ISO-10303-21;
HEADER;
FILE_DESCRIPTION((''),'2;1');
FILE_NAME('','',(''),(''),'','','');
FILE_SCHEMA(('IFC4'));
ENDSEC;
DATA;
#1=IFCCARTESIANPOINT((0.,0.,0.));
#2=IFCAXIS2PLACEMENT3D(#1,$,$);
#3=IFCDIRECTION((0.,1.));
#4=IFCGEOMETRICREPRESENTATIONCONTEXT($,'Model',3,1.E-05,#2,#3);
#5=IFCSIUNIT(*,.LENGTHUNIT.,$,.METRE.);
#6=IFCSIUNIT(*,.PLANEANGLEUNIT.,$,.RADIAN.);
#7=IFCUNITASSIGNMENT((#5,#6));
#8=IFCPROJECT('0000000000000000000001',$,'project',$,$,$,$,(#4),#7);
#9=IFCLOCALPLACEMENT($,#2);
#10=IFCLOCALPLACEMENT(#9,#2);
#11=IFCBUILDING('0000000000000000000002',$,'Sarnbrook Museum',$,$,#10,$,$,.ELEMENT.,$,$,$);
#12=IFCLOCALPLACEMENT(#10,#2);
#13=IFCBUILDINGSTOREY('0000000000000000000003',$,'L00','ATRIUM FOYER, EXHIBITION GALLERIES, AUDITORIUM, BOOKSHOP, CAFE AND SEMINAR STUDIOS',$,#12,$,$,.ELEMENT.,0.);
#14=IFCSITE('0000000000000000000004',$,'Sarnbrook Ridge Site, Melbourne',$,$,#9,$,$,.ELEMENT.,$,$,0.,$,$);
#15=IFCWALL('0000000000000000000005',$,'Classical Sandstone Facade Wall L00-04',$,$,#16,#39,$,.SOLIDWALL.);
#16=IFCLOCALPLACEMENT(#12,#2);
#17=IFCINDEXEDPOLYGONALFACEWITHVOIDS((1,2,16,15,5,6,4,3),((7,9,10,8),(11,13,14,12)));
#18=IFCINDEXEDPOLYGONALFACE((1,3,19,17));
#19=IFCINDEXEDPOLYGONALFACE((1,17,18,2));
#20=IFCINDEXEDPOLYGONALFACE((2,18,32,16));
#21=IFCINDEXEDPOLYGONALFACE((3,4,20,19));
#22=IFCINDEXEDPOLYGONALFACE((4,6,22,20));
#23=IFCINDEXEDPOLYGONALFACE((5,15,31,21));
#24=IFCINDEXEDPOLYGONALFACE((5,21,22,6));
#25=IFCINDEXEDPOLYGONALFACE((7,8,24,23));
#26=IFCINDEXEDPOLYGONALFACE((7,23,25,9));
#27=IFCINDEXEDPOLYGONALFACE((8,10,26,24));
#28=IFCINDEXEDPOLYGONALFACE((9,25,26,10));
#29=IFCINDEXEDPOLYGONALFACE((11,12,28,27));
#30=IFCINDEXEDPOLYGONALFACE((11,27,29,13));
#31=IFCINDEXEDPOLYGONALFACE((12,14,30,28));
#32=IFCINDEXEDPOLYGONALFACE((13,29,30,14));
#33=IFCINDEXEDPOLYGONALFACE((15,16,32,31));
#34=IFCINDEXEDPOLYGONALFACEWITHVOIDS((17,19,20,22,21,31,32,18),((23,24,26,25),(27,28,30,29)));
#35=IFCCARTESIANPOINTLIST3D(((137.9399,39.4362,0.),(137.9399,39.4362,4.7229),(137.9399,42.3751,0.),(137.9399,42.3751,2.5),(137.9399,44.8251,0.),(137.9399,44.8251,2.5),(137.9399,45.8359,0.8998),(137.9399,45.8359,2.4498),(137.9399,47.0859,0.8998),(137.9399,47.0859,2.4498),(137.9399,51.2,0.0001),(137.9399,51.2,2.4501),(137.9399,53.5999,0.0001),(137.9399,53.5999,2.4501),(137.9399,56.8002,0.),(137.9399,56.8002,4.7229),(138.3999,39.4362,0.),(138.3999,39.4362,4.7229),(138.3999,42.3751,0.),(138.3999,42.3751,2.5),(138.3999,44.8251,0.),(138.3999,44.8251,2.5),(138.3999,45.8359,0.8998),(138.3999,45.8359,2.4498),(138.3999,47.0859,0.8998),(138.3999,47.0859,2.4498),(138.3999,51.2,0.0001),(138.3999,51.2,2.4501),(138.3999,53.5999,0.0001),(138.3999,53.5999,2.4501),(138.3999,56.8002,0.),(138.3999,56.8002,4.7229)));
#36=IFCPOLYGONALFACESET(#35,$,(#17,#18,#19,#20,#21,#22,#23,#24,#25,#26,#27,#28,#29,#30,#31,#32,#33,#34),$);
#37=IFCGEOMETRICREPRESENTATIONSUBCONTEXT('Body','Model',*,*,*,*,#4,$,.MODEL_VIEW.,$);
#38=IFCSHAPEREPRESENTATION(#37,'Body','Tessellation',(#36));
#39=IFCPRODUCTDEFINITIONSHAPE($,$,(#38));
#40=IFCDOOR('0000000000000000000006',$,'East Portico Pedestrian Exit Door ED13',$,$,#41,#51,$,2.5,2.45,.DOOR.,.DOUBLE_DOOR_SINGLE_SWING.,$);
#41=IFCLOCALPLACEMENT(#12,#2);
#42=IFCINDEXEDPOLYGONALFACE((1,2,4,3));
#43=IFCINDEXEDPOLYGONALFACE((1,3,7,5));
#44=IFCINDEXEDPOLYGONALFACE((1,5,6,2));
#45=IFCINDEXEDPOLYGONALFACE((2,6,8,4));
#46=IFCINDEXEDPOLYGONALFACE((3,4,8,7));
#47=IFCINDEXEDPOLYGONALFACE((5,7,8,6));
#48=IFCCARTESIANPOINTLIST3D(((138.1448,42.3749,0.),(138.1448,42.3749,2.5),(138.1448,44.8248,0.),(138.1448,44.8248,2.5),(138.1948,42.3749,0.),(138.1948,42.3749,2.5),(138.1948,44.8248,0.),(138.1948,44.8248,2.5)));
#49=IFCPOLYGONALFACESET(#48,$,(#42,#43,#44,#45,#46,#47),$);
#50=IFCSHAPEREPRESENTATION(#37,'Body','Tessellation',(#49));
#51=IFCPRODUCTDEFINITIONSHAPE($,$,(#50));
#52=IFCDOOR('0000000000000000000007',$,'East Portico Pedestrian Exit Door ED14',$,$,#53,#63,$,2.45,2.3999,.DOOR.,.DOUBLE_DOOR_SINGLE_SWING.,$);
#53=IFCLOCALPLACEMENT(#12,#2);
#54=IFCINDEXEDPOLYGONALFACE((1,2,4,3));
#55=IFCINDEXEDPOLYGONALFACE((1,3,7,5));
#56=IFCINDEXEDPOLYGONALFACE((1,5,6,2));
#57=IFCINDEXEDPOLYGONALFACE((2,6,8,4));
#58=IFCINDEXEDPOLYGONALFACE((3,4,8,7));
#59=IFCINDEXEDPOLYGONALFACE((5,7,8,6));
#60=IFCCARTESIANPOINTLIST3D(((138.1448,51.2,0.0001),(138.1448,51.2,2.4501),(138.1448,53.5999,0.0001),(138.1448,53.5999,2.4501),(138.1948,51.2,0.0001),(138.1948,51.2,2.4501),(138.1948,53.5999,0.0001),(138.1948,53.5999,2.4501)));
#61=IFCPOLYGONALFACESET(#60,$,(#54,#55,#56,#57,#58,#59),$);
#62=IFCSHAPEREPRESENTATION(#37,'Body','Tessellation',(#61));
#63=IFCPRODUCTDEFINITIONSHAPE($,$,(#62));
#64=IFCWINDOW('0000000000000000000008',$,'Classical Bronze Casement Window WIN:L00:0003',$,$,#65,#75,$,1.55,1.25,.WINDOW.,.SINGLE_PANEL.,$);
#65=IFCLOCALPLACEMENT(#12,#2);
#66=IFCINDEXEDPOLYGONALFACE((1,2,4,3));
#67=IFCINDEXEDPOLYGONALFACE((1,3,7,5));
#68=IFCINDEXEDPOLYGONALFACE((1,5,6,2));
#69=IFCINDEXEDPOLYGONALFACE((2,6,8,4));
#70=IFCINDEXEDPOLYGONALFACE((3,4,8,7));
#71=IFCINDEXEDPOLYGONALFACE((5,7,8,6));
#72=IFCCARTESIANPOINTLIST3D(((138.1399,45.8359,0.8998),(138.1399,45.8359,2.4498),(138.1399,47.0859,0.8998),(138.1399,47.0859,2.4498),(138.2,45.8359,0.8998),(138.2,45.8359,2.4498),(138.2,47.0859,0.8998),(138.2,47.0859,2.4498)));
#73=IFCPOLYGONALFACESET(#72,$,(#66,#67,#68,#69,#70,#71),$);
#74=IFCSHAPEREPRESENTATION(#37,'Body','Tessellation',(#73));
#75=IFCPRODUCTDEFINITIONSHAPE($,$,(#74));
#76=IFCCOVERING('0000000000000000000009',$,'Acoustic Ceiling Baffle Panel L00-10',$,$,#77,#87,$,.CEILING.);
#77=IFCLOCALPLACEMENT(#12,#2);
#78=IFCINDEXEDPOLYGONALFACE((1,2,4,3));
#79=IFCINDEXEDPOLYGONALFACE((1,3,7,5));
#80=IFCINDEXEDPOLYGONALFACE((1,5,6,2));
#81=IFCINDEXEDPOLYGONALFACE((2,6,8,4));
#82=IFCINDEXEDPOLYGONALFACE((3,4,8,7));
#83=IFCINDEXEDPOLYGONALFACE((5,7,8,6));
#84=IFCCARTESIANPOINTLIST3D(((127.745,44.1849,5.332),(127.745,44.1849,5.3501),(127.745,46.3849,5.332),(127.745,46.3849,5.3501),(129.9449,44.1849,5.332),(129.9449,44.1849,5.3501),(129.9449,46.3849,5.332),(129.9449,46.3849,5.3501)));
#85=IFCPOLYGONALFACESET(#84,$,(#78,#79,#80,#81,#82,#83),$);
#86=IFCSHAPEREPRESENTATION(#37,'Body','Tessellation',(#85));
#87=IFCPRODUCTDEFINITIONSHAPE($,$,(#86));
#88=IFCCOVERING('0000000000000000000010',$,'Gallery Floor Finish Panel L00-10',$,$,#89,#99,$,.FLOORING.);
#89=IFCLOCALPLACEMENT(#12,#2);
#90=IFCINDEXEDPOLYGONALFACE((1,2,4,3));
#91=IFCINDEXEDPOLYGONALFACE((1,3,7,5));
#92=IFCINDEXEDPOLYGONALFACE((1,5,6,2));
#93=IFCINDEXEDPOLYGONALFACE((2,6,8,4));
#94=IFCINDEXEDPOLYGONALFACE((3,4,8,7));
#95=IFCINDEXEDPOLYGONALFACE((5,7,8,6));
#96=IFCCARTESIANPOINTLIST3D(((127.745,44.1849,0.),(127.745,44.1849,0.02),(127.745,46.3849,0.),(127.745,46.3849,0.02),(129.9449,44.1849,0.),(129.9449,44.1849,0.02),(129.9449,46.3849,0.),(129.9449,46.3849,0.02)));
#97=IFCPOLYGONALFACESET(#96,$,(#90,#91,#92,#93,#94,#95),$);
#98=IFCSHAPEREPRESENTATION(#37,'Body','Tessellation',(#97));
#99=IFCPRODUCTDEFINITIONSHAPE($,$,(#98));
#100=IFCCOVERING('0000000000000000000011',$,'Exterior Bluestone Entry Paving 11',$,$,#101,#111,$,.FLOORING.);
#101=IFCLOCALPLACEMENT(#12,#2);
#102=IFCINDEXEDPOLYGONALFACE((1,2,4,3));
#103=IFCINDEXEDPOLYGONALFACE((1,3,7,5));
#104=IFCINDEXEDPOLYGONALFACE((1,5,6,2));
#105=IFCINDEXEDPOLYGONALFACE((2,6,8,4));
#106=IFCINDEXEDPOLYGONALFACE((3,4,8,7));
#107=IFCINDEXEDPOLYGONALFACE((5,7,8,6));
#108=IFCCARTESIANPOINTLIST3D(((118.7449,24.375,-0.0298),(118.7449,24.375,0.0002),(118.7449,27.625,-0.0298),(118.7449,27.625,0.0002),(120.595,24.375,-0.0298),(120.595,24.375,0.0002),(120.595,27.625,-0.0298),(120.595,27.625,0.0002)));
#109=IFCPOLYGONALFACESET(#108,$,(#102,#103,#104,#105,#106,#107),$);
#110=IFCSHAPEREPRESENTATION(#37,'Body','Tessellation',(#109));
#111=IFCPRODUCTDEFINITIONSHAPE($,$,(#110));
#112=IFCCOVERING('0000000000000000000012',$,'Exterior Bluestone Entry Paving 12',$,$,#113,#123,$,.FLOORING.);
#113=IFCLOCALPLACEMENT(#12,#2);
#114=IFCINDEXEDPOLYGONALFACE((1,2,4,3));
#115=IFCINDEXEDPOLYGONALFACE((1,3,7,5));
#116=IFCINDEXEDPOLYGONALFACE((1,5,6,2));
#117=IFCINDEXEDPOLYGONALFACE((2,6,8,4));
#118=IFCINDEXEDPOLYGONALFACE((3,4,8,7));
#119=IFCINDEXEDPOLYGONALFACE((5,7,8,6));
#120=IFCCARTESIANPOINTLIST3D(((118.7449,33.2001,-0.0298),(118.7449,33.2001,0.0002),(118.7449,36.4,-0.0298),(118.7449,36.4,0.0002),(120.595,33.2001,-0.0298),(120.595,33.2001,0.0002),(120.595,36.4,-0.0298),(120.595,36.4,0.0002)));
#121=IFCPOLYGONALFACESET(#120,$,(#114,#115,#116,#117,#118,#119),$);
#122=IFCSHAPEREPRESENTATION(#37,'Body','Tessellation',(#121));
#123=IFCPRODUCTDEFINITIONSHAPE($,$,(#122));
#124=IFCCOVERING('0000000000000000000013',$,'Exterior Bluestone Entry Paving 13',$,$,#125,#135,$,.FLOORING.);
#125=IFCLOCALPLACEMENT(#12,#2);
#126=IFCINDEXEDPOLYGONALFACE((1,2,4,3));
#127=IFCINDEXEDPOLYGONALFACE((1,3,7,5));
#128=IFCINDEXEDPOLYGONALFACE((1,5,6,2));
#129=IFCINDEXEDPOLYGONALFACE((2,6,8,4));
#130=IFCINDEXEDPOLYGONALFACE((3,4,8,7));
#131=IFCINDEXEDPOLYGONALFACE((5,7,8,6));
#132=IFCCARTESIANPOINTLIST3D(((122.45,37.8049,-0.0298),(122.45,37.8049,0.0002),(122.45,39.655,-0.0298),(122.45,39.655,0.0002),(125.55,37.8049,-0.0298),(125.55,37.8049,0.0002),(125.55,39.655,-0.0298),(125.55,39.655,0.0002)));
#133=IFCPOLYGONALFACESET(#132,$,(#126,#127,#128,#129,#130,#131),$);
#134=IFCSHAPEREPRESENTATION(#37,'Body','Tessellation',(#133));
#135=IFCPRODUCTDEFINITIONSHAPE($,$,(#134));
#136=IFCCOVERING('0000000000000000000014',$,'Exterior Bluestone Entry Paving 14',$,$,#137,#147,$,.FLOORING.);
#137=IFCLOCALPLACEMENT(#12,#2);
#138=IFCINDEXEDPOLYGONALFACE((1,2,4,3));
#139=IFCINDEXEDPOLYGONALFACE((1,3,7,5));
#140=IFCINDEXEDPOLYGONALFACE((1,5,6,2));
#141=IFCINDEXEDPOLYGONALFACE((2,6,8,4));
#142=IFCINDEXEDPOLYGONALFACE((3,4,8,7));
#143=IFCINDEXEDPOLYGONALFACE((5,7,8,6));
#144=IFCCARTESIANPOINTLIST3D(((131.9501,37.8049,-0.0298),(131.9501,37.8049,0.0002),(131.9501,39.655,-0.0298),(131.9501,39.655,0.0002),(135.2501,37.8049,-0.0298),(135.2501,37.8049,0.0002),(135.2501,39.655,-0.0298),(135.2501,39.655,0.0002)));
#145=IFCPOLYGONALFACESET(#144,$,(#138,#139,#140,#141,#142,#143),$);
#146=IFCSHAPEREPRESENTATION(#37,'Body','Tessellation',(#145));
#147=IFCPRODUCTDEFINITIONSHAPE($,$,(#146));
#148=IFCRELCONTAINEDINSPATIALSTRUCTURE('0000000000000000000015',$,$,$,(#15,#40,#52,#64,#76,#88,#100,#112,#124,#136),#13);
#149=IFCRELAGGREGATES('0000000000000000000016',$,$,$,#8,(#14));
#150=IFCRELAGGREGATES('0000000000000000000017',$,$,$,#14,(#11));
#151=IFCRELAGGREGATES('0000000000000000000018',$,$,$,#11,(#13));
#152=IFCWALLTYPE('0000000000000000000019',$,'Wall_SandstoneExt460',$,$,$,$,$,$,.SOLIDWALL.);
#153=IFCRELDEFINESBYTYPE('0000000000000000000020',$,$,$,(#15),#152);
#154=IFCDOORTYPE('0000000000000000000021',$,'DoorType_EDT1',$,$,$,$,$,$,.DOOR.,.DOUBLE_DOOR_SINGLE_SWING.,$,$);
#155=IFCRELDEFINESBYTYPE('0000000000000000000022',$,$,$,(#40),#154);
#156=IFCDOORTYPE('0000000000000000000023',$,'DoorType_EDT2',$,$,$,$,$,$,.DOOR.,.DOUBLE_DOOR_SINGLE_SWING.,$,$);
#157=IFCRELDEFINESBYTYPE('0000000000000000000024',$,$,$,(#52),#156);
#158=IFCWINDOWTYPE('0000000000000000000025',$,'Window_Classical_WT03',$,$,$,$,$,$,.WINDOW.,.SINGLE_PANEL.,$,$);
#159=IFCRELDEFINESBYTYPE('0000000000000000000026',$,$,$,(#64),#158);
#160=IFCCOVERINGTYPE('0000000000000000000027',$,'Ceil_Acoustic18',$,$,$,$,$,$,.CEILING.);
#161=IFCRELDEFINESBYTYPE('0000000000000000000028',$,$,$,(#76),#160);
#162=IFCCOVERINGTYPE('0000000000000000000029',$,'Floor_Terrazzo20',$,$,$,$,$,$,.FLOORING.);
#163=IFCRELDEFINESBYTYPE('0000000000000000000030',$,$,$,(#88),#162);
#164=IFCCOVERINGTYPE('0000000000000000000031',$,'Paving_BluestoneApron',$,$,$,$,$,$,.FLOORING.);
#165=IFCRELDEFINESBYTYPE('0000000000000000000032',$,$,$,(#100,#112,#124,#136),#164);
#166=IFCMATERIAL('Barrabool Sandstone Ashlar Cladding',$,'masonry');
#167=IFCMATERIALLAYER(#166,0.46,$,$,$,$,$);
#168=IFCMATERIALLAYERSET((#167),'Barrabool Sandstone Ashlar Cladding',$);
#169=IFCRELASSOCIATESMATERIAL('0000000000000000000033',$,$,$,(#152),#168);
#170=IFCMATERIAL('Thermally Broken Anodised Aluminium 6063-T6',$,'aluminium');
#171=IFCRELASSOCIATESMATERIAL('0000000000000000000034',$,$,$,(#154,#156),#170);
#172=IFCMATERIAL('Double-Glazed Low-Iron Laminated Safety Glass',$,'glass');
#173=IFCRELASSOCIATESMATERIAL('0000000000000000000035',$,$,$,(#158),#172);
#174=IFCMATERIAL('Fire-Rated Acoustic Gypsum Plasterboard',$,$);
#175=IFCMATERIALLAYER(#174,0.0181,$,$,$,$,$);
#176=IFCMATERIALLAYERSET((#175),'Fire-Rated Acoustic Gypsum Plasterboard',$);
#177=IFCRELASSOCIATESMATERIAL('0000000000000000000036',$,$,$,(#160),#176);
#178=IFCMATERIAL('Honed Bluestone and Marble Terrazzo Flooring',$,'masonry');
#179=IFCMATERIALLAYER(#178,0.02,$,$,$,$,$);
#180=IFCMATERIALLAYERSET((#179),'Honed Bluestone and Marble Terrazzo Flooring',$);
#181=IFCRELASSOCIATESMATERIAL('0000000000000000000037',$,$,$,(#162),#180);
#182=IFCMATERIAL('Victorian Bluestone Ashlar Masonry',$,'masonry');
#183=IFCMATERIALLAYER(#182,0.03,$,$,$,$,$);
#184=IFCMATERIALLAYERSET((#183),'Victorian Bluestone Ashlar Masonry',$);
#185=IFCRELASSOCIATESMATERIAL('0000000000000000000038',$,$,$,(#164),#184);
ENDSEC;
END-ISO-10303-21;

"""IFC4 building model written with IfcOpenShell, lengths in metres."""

from ifc_helpers import new_model, si_unit, direction, frame, frame_2d, origin, origin_2d, place, context, subcontext, project, spatial, rectangle, extrude, material, layer, layer_set, type_object, element, fill, save


model = new_model("IFC4")

# Units and contexts
model_context = context("Model", 3, precision=1e-05, world=origin(), true_north=direction((0.0, 1.0)))
body_context = subcontext(model_context, "Body", "Model", "MODEL_VIEW")
ifc_project = project(units=[si_unit("LENGTHUNIT", "METRE"), si_unit("PLANEANGLEUNIT", "RADIAN")], contexts=[model_context])

# Site, building, storey
site_placement = place(None, origin())
site = spatial("IfcSite", under=ifc_project, at=site_placement, Name="Sarnbrook Ridge Site, Melbourne", CompositionType="ELEMENT", RefElevation=0.0)
building_placement = place(site_placement, origin())
building = spatial("IfcBuilding", under=site, at=building_placement, Name="Sarnbrook Museum", CompositionType="ELEMENT")
storey_placement = place(building_placement, origin())
storey = spatial("IfcBuildingStorey", under=building, at=storey_placement, Name="L00", Description="ATRIUM FOYER, EXHIBITION GALLERIES, AUDITORIUM, BOOKSHOP, CAFE AND SEMINAR STUDIOS", CompositionType="ELEMENT", Elevation=0.0)

# Wall, openings, doors, window
ifc_material_1 = material(Name="Barrabool Sandstone Ashlar Cladding", Category="masonry")
ifc_layer_1 = layer(ifc_material_1, 0.46)
ifc_layer_set_1 = layer_set([ifc_layer_1], Name="Barrabool Sandstone Ashlar Cladding")
wall_type = type_object("IfcWallType", Name="Wall_SandstoneExt460", PredefinedType="SOLIDWALL", material=ifc_layer_set_1)
wall_placement = place(storey_placement, frame((138.1699, 39.436, 0.0), z_axis=(0.0, 0.0, 1.0), x_axis=(0.0, 1.0, 0.0)))
wall = element("IfcWall", 1, at=wall_placement, inside=storey, type_object=wall_type, Name="Classical Sandstone Facade Wall L00-04", PredefinedType="SOLIDWALL", context=body_context, shape_type="SweptSolid", body=[
    extrude(rectangle(XDim=17.364, YDim=0.46, at=frame_2d((8.6821, 0.0))), origin(), (0.0, 0.0, 1.0), 4.7229),
])
opening_1_placement = place(wall_placement, frame((2.939, 0.0, 0.0)))
opening_1 = element("IfcOpeningElement", 2, at=opening_1_placement, cuts=wall, PredefinedType="OPENING", context=body_context, shape_type="SweptSolid", body=[
    extrude(rectangle(XDim=2.45, YDim=2.5, at=frame_2d((1.2251, 1.25))), frame((0.0, 0.24, 0.0), z_axis=(0.0, -1.0, 0.0), x_axis=(1.0, 0.0, 0.0)), (0.0, 0.0, 1.0), 0.48),
])
opening_2_placement = place(wall_placement, frame((11.7639, 0.0, 0.0)))
opening_2 = element("IfcOpeningElement", 3, at=opening_2_placement, cuts=wall, PredefinedType="OPENING", context=body_context, shape_type="SweptSolid", body=[
    extrude(rectangle(XDim=2.3999, YDim=2.45, at=frame_2d((1.2, 1.2251))), frame((0.0, 0.24, 0.0), z_axis=(0.0, -1.0, 0.0), x_axis=(1.0, 0.0, 0.0)), (0.0, 0.0, 1.0), 0.48),
])
opening_3_placement = place(wall_placement, frame((6.3999, 0.0, 0.8999)))
opening_3 = element("IfcOpeningElement", 4, at=opening_3_placement, cuts=wall, PredefinedType="OPENING", context=body_context, shape_type="SweptSolid", body=[
    extrude(rectangle(XDim=1.25, YDim=1.55, at=frame_2d((0.625, 0.7749))), frame((0.0, 0.24, 0.0), z_axis=(0.0, -1.0, 0.0), x_axis=(1.0, 0.0, 0.0)), (0.0, 0.0, 1.0), 0.48),
])
ifc_material_2 = material(Name="Thermally Broken Anodised Aluminium 6063-T6", Category="aluminium")
door_type_1 = type_object("IfcDoorType", Name="DoorType_EDT1", OperationType="DOUBLE_DOOR_SINGLE_SWING", PredefinedType="DOOR", material=ifc_material_2)
door_1_placement = place(opening_1_placement, frame((2.45, 0.0, 0.0), z_axis=(0.0, 0.0, 1.0), x_axis=(-1.0, 0.0, 0.0)))
door_1 = element("IfcDoor", 5, at=door_1_placement, inside=storey, type_object=door_type_1, Name="East Portico Pedestrian Exit Door ED13", OperationType="DOUBLE_DOOR_SINGLE_SWING", OverallHeight=2.5, OverallWidth=2.45, PredefinedType="DOOR", context=body_context, shape_type="SweptSolid", body=[
    extrude(rectangle(XDim=2.45, YDim=2.5, at=frame_2d((1.2251, 1.25))), frame((0.0, 0.0249, 0.0), z_axis=(0.0, -1.0, 0.0), x_axis=(1.0, 0.0, 0.0)), (0.0, 0.0, 1.0), 0.05),
])
fill(opening_1, door_1)
door_type_2 = type_object("IfcDoorType", Name="DoorType_EDT2", OperationType="DOUBLE_DOOR_SINGLE_SWING", PredefinedType="DOOR", material=ifc_material_2)
door_2_placement = place(opening_2_placement, frame((2.3999, 0.0, 0.0), z_axis=(0.0, 0.0, 1.0), x_axis=(-1.0, 0.0, 0.0)))
door_2 = element("IfcDoor", 6, at=door_2_placement, inside=storey, type_object=door_type_2, Name="East Portico Pedestrian Exit Door ED14", OperationType="DOUBLE_DOOR_SINGLE_SWING", OverallHeight=2.45, OverallWidth=2.3999, PredefinedType="DOOR", context=body_context, shape_type="SweptSolid", body=[
    extrude(rectangle(XDim=2.3999, YDim=2.45, at=frame_2d((1.2, 1.2251))), frame((0.0, 0.0249, 0.0), z_axis=(0.0, -1.0, 0.0), x_axis=(1.0, 0.0, 0.0)), (0.0, 0.0, 1.0), 0.05),
])
fill(opening_2, door_2)
ifc_material_3 = material(Name="Double-Glazed Low-Iron Laminated Safety Glass", Category="glass")
window_type = type_object("IfcWindowType", Name="Window_Classical_WT03", PartitioningType="SINGLE_PANEL", PredefinedType="WINDOW", material=ifc_material_3)
window_placement = place(opening_3_placement, origin())
window = element("IfcWindow", 7, at=window_placement, inside=storey, type_object=window_type, Name="Classical Bronze Casement Window WIN:L00:0003", OverallHeight=1.55, OverallWidth=1.25, PartitioningType="SINGLE_PANEL", PredefinedType="WINDOW", context=body_context, shape_type="SweptSolid", body=[
    extrude(rectangle(XDim=1.25, YDim=1.55, at=frame_2d((0.625, 0.7749))), frame((0.0, 0.03, 0.0), z_axis=(0.0, -1.0, 0.0), x_axis=(1.0, 0.0, 0.0)), (0.0, 0.0, 1.0), 0.0601),
])
fill(opening_3, window)

# Coverings
ifc_material_4 = material(Name="Fire-Rated Acoustic Gypsum Plasterboard")
ifc_layer_2 = layer(ifc_material_4, 0.0181)
ifc_layer_set_2 = layer_set([ifc_layer_2], Name="Fire-Rated Acoustic Gypsum Plasterboard")
covering_type_1 = type_object("IfcCoveringType", Name="Ceil_Acoustic18", PredefinedType="CEILING", material=ifc_layer_set_2)
covering_1_placement = place(storey_placement, frame((128.845, 45.2849, 5.332), z_axis=(0.0, 0.0, 1.0), x_axis=(1.0, 0.0, 0.0)))
element("IfcCovering", 8, at=covering_1_placement, inside=storey, type_object=covering_type_1, Name="Acoustic Ceiling Baffle Panel L00-10", PredefinedType="CEILING", context=body_context, shape_type="SweptSolid", body=[
    extrude(rectangle(XDim=2.2, YDim=2.2, at=origin_2d()), origin(), (0.0, 0.0, 1.0), 0.0181),
])
ifc_material_5 = material(Name="Honed Bluestone and Marble Terrazzo Flooring", Category="masonry")
ifc_layer_3 = layer(ifc_material_5, 0.02)
ifc_layer_set_3 = layer_set([ifc_layer_3], Name="Honed Bluestone and Marble Terrazzo Flooring")
covering_type_2 = type_object("IfcCoveringType", Name="Floor_Terrazzo20", PredefinedType="FLOORING", material=ifc_layer_set_3)
covering_2_placement = place(storey_placement, frame((128.845, 45.2849, 0.0), z_axis=(0.0, 0.0, 1.0), x_axis=(1.0, 0.0, 0.0)))
element("IfcCovering", 9, at=covering_2_placement, inside=storey, type_object=covering_type_2, Name="Gallery Floor Finish Panel L00-10", PredefinedType="FLOORING", context=body_context, shape_type="SweptSolid", body=[
    extrude(rectangle(XDim=2.2, YDim=2.2, at=origin_2d()), origin(), (0.0, 0.0, 1.0), 0.02),
])
ifc_material_6 = material(Name="Victorian Bluestone Ashlar Masonry", Category="masonry")
ifc_layer_4 = layer(ifc_material_6, 0.03)
ifc_layer_set_4 = layer_set([ifc_layer_4], Name="Victorian Bluestone Ashlar Masonry")
covering_type_3 = type_object("IfcCoveringType", Name="Paving_BluestoneApron", PredefinedType="FLOORING", material=ifc_layer_set_4)
covering_3_placement = place(storey_placement, frame((119.6699, 26.0, -0.0298), z_axis=(0.0, 0.0, 1.0), x_axis=(1.0, 0.0, 0.0)))
element("IfcCovering", 10, at=covering_3_placement, inside=storey, type_object=covering_type_3, Name="Exterior Bluestone Entry Paving 11", PredefinedType="FLOORING", context=body_context, shape_type="SweptSolid", body=[
    extrude(rectangle(XDim=1.8501, YDim=3.25, at=origin_2d()), origin(), (0.0, 0.0, 1.0), 0.03),
])
covering_4_placement = place(storey_placement, frame((119.6699, 34.8, -0.0298), z_axis=(0.0, 0.0, 1.0), x_axis=(1.0, 0.0, 0.0)))
element("IfcCovering", 11, at=covering_4_placement, inside=storey, type_object=covering_type_3, Name="Exterior Bluestone Entry Paving 12", PredefinedType="FLOORING", context=body_context, shape_type="SweptSolid", body=[
    extrude(rectangle(XDim=1.8501, YDim=3.2, at=origin_2d()), origin(), (0.0, 0.0, 1.0), 0.03),
])
covering_5_placement = place(storey_placement, frame((124.0, 38.73, -0.0298), z_axis=(0.0, 0.0, 1.0), x_axis=(1.0, 0.0, 0.0)))
element("IfcCovering", 12, at=covering_5_placement, inside=storey, type_object=covering_type_3, Name="Exterior Bluestone Entry Paving 13", PredefinedType="FLOORING", context=body_context, shape_type="SweptSolid", body=[
    extrude(rectangle(XDim=3.1001, YDim=1.8501, at=origin_2d()), origin(), (0.0, 0.0, 1.0), 0.03),
])
covering_6_placement = place(storey_placement, frame((133.6001, 38.73, -0.0298), z_axis=(0.0, 0.0, 1.0), x_axis=(1.0, 0.0, 0.0)))
element("IfcCovering", 13, at=covering_6_placement, inside=storey, type_object=covering_type_3, Name="Exterior Bluestone Entry Paving 14", PredefinedType="FLOORING", context=body_context, shape_type="SweptSolid", body=[
    extrude(rectangle(XDim=3.3, YDim=1.8501, at=origin_2d()), origin(), (0.0, 0.0, 1.0), 0.03),
])

save(model, "model.ifc")
